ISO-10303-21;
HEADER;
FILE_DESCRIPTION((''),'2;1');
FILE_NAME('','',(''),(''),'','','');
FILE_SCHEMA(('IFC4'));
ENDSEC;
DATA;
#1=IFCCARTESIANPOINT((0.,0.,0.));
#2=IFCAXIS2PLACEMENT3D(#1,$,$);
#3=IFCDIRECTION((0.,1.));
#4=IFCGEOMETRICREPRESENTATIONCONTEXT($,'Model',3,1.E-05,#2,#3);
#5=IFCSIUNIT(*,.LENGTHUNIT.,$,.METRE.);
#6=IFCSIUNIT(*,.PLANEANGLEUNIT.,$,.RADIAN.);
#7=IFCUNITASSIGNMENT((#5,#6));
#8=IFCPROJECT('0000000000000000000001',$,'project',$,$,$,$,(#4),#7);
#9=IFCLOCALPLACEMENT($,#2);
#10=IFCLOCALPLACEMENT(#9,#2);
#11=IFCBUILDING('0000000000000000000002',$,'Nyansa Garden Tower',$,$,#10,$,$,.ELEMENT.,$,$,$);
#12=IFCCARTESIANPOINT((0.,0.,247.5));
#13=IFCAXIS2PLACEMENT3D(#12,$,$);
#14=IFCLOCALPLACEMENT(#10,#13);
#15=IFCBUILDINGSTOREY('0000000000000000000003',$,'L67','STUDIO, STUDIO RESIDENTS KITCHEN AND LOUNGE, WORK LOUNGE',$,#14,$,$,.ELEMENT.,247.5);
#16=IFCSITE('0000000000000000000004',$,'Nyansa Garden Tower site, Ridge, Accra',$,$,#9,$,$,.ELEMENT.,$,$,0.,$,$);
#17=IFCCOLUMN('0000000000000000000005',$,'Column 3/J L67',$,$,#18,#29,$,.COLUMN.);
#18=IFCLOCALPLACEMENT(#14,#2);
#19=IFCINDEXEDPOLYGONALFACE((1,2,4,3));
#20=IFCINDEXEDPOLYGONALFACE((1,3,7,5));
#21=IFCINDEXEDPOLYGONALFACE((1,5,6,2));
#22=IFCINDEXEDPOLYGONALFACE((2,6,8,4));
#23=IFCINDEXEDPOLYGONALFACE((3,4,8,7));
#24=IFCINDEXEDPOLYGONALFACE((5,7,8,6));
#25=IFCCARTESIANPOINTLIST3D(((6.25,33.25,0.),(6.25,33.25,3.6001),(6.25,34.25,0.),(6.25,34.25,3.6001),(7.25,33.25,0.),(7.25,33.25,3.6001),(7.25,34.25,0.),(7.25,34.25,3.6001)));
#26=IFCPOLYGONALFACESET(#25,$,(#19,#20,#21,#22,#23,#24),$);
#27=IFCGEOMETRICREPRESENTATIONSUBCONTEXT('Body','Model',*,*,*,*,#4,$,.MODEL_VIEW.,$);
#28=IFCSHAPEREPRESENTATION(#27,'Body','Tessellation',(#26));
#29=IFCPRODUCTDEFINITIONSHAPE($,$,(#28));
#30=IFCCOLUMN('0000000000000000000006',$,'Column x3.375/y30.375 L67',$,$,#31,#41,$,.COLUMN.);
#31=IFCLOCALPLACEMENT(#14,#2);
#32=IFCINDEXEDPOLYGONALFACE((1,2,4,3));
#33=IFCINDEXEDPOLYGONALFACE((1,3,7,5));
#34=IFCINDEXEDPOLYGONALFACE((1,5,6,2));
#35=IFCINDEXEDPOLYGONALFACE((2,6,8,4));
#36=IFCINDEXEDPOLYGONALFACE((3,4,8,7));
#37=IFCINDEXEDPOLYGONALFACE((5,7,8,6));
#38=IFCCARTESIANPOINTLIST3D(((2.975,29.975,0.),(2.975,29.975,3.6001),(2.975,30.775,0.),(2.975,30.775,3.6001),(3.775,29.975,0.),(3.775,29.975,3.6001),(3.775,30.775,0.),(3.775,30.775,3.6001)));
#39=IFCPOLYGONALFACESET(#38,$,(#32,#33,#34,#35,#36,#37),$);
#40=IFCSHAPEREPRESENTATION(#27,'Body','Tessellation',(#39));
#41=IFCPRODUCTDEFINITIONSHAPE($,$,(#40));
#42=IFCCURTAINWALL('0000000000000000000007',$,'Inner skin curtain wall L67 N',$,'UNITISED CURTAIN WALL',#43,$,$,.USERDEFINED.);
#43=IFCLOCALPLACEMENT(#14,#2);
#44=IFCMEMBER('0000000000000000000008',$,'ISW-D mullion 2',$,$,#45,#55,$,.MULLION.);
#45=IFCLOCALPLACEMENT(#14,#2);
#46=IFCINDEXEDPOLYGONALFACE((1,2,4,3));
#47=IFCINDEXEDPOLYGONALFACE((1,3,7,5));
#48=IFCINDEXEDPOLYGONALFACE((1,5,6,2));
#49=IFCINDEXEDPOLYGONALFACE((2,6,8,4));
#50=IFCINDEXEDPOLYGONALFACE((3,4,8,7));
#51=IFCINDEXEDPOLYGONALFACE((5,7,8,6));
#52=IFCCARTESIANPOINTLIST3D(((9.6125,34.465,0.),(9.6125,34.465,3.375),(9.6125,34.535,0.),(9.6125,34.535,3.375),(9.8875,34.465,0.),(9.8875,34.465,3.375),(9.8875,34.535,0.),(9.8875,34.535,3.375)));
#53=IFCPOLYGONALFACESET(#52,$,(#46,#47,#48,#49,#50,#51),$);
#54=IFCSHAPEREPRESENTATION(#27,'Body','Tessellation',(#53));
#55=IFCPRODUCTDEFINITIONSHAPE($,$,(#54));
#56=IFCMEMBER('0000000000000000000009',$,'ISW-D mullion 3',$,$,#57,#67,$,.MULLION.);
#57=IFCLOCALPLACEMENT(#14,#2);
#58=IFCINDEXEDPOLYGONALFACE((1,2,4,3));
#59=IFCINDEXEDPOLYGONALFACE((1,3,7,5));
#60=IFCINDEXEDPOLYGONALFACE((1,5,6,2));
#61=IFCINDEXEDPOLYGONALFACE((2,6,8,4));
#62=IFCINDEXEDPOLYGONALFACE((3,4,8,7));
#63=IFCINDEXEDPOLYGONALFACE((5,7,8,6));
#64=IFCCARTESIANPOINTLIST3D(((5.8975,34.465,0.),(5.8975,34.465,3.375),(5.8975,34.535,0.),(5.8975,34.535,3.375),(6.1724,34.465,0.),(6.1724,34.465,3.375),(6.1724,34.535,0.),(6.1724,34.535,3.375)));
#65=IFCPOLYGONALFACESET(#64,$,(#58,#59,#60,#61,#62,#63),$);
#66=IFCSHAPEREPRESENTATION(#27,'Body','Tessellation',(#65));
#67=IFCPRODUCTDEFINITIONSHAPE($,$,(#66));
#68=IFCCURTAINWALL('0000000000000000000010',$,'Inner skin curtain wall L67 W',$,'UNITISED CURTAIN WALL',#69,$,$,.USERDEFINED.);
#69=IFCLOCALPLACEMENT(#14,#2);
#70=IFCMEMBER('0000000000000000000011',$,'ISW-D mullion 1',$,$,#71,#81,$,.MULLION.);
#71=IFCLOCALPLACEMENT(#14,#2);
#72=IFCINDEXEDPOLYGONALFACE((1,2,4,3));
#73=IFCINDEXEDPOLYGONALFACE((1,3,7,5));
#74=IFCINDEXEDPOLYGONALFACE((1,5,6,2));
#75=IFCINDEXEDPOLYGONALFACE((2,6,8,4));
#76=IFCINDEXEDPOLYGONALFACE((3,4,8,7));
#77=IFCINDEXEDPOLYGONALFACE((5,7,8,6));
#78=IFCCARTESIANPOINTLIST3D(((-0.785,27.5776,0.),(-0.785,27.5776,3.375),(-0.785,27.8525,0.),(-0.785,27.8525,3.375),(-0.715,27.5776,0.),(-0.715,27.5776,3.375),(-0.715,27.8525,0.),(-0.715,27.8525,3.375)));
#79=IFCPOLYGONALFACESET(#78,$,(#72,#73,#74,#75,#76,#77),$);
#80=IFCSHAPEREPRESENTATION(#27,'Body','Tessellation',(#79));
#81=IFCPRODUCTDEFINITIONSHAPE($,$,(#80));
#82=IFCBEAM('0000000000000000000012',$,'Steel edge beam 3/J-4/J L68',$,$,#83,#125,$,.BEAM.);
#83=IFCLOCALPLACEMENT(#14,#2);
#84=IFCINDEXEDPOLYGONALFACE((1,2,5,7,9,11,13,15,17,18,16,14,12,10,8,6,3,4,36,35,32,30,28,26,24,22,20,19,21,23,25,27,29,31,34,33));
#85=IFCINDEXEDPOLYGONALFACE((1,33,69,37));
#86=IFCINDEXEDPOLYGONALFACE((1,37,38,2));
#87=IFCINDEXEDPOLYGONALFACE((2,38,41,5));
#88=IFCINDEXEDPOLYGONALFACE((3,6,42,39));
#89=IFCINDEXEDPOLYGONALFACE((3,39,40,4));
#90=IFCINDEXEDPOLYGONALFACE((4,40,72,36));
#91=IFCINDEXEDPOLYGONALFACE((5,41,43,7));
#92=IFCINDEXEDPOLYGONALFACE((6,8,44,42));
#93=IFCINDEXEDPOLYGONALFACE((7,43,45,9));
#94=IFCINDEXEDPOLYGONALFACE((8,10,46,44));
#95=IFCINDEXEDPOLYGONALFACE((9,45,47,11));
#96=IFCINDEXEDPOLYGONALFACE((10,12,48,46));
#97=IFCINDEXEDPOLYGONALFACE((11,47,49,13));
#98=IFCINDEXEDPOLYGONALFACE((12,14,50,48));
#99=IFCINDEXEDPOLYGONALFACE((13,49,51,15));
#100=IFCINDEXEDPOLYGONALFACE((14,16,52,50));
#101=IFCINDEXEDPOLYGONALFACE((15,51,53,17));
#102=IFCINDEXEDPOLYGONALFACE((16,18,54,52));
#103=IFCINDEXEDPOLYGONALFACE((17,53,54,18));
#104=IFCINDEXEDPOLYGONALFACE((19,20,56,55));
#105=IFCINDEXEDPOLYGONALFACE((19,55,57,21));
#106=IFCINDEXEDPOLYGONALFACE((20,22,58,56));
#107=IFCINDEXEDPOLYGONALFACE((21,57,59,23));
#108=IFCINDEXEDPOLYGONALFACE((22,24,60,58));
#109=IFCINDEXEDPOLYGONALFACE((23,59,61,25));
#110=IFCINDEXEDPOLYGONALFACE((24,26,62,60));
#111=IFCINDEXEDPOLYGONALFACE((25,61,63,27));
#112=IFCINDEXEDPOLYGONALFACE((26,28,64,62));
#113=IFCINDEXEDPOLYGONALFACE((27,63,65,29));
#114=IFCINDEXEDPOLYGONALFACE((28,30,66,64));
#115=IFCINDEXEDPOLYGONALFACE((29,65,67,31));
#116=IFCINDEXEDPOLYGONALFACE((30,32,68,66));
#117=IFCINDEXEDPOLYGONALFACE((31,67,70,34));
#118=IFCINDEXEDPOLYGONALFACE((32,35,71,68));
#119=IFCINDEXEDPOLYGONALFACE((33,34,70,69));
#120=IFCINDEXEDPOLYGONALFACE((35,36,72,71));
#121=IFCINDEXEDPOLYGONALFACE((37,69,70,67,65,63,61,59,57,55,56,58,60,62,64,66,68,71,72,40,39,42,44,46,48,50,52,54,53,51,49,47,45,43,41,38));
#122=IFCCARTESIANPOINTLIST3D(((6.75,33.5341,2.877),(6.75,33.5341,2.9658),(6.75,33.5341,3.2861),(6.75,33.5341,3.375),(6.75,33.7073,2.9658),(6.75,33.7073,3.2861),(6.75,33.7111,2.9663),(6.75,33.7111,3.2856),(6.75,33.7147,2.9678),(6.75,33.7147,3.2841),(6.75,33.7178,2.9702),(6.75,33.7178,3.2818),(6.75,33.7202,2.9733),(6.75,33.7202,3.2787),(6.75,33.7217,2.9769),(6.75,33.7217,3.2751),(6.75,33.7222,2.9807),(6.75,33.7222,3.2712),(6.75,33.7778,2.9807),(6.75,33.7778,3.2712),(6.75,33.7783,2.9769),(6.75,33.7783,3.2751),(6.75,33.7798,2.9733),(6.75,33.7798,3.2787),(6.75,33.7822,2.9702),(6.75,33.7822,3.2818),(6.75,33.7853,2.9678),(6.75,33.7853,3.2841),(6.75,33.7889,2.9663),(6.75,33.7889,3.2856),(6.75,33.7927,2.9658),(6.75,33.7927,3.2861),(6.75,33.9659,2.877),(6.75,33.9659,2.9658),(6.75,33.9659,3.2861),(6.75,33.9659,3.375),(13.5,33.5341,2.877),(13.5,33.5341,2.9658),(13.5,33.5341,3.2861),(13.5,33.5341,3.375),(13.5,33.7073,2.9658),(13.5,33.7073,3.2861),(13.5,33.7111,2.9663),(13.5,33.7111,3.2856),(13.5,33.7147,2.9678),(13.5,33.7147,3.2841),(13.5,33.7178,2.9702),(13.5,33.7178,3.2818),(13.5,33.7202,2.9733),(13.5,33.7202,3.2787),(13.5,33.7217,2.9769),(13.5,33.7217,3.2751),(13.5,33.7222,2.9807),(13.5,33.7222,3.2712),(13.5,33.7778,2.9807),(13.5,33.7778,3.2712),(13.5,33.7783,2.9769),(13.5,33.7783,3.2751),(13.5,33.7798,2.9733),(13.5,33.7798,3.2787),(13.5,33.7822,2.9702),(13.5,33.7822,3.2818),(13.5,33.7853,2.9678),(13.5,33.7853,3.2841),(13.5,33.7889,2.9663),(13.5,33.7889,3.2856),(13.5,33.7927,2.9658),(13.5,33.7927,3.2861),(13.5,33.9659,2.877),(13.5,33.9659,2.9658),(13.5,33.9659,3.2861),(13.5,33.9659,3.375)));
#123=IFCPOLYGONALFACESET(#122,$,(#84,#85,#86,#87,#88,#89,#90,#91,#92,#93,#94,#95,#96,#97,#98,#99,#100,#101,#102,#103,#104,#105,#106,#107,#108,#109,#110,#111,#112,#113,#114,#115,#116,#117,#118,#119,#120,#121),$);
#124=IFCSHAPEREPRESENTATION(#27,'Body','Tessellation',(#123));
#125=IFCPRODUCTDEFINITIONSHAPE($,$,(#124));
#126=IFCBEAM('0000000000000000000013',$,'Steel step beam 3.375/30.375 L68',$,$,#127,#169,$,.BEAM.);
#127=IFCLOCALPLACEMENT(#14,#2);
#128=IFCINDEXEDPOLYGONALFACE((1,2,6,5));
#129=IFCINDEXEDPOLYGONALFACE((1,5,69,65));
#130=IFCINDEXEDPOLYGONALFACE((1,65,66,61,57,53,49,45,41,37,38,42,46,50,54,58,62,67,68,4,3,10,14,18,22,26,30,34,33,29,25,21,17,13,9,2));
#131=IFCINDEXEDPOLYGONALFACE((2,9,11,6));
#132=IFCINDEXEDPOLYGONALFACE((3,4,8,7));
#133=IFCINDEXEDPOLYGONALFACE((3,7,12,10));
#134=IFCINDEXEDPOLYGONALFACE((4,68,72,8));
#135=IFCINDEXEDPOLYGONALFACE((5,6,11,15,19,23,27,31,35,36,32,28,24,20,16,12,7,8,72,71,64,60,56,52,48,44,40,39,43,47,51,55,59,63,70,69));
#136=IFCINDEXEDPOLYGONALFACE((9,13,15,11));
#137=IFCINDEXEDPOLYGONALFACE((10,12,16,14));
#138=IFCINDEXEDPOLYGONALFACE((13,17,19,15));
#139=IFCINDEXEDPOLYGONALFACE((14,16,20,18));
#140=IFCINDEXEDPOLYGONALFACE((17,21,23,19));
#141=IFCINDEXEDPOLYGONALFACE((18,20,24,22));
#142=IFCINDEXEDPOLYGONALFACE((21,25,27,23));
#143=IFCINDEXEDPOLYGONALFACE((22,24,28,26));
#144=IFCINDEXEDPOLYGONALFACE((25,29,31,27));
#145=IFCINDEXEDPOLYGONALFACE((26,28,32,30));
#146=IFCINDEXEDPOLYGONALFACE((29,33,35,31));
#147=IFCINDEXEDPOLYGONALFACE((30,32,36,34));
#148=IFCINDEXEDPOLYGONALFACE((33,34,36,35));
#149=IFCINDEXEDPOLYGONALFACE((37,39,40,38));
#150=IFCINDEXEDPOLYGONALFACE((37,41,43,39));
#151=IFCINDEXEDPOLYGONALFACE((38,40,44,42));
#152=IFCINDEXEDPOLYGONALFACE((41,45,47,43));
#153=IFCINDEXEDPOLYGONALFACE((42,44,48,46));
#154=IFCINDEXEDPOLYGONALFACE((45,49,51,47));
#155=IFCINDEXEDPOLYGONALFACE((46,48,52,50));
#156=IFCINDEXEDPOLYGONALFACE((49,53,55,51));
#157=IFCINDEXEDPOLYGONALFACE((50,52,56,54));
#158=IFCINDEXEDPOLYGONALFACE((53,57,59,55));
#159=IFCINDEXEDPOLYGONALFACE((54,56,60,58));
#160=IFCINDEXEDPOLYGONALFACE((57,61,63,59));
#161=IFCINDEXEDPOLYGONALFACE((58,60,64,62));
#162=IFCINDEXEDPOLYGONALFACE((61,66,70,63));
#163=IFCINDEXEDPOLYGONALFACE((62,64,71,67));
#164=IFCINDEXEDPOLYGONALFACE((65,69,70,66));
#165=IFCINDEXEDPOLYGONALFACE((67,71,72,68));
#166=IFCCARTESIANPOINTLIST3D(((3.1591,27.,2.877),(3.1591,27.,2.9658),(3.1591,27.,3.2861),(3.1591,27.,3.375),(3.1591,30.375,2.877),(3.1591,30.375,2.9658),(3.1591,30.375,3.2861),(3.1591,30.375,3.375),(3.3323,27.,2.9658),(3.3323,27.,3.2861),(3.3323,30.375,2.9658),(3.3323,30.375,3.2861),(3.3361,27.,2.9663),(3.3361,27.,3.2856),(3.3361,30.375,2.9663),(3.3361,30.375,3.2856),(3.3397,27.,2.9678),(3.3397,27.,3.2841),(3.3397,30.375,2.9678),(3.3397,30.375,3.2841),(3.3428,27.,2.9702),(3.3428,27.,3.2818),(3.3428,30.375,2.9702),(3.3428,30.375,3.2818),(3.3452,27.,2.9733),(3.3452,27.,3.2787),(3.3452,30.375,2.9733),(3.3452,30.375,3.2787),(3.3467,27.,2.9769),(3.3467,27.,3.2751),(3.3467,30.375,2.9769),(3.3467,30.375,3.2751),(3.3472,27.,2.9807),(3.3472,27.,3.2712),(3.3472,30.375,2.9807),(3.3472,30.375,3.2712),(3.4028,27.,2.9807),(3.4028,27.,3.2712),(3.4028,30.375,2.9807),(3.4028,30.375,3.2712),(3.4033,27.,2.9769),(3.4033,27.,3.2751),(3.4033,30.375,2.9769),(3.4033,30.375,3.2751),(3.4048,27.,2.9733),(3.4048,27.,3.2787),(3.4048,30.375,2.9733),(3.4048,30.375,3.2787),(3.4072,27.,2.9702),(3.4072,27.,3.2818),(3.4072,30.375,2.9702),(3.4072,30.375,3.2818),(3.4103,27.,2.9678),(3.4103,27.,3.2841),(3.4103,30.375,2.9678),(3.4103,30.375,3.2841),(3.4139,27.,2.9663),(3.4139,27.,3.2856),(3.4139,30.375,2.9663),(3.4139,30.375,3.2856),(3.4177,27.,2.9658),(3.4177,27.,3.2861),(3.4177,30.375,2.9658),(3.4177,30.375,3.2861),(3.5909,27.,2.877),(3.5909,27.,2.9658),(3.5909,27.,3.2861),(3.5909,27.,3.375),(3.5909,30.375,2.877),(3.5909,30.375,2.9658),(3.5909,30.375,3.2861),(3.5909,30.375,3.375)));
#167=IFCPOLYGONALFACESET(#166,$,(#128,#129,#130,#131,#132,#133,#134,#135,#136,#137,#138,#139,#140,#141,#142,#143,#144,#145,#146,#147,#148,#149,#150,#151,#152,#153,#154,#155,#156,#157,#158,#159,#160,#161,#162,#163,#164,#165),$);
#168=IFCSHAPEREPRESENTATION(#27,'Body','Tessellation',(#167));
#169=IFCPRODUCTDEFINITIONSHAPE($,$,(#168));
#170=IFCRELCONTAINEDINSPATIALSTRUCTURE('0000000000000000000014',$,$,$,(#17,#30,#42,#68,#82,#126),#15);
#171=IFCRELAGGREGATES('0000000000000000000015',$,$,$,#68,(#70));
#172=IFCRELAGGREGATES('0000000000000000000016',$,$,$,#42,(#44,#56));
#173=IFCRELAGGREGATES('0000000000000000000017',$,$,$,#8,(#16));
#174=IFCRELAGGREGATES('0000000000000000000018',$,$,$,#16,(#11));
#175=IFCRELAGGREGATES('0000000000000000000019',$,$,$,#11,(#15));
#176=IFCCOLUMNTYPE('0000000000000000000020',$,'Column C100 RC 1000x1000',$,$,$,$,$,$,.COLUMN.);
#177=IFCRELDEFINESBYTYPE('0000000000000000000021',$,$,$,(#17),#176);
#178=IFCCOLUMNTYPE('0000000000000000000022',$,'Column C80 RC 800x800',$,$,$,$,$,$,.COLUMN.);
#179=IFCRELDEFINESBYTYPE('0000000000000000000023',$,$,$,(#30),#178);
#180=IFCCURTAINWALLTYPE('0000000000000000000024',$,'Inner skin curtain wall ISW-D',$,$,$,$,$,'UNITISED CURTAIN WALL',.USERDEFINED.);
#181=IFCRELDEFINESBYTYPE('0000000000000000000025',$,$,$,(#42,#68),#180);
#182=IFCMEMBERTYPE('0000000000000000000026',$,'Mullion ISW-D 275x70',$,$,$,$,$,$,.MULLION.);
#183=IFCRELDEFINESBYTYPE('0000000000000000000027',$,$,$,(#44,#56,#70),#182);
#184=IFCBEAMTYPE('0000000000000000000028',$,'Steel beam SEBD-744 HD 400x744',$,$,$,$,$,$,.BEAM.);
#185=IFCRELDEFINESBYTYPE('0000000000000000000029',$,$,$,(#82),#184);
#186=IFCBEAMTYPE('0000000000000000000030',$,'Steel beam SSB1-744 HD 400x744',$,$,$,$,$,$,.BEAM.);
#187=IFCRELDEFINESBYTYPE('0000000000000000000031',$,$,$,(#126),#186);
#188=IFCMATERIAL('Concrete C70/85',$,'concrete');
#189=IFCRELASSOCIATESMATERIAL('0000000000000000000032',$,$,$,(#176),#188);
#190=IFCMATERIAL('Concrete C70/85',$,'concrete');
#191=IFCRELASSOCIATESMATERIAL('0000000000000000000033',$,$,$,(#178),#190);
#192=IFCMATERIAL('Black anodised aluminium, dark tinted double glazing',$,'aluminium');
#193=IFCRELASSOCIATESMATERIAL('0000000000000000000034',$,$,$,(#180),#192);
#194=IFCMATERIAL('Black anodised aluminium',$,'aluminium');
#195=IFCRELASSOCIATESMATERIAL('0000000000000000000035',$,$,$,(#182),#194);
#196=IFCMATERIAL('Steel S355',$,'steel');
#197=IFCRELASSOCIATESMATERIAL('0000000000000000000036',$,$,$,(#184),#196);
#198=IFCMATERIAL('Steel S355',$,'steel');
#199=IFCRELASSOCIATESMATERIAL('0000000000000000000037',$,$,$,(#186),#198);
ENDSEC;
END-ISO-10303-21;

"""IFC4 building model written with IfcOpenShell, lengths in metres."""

from ifc_helpers import new_model, si_unit, direction, frame, origin, origin_2d, place, context, subcontext, project, spatial, rectangle, i_section, extrude, material, material_profile, profile_set, type_object, element, aggregate, save


model = new_model("IFC4")

# Units and contexts
model_context = context("Model", 3, precision=1e-05, world=origin(), true_north=direction((0.0, 1.0)))
body_context = subcontext(model_context, "Body", "Model", "MODEL_VIEW")
ifc_project = project(units=[si_unit("LENGTHUNIT", "METRE"), si_unit("PLANEANGLEUNIT", "RADIAN")], contexts=[model_context])

# Site, building, storey
site_placement = place(None, origin())
site = spatial("IfcSite", under=ifc_project, at=site_placement, Name="Nyansa Garden Tower site, Ridge, Accra", CompositionType="ELEMENT", RefElevation=0.0)
building_placement = place(site_placement, origin())
building = spatial("IfcBuilding", under=site, at=building_placement, Name="Nyansa Garden Tower", CompositionType="ELEMENT")
storey_placement = place(building_placement, frame((0.0, 0.0, 247.5)))
storey = spatial("IfcBuildingStorey", under=building, at=storey_placement, Name="L67", Description="STUDIO, STUDIO RESIDENTS KITCHEN AND LOUNGE, WORK LOUNGE", CompositionType="ELEMENT", Elevation=247.5)

# Columns
ifc_material_1 = material(Name="Concrete C70/85", Category="concrete")
ifc_material_profile_1 = material_profile(ifc_material_1, rectangle(XDim=1.0, YDim=1.0, at=origin_2d()), Name="RC 1000x1000")
ifc_profile_set_1 = profile_set([ifc_material_profile_1], Name="Concrete C70/85")
column_type_1 = type_object("IfcColumnType", Name="Column C100 RC 1000x1000", PredefinedType="COLUMN", material=ifc_profile_set_1)
column_1_placement = place(storey_placement, frame((6.75, 33.75, 0.0), z_axis=(0.0, 0.0, 1.0), x_axis=(1.0, 0.0, 0.0)))
element("IfcColumn", 1, at=column_1_placement, inside=storey, type_object=column_type_1, Name="Column 3/J L67", PredefinedType="COLUMN", context=body_context, shape_type="SweptSolid", body=[
    extrude(rectangle(XDim=1.0, YDim=1.0, at=origin_2d()), origin(), (0.0, 0.0, 1.0), 3.6001),
])
ifc_material_2 = material(Name="Concrete C70/85", Category="concrete")
ifc_material_profile_2 = material_profile(ifc_material_2, rectangle(XDim=0.8, YDim=0.8, at=origin_2d()), Name="RC 800x800")
ifc_profile_set_2 = profile_set([ifc_material_profile_2], Name="Concrete C70/85")
column_type_2 = type_object("IfcColumnType", Name="Column C80 RC 800x800", PredefinedType="COLUMN", material=ifc_profile_set_2)
column_2_placement = place(storey_placement, frame((3.375, 30.375, 0.0), z_axis=(0.0, 0.0, 1.0), x_axis=(1.0, 0.0, 0.0)))
element("IfcColumn", 2, at=column_2_placement, inside=storey, type_object=column_type_2, Name="Column x3.375/y30.375 L67", PredefinedType="COLUMN", context=body_context, shape_type="SweptSolid", body=[
    extrude(rectangle(XDim=0.8, YDim=0.8, at=origin_2d()), origin(), (0.0, 0.0, 1.0), 3.6001),
])

# Curtain wall, members
ifc_material_3 = material(Name="Black anodised aluminium, dark tinted double glazing", Category="aluminium")
curtain_wall_type = type_object("IfcCurtainWallType", Name="Inner skin curtain wall ISW-D", ElementType="UNITISED CURTAIN WALL", PredefinedType="USERDEFINED", material=ifc_material_3)
curtain_wall_1_placement = place(storey_placement, origin())
curtain_wall_1 = element("IfcCurtainWall", 3, at=curtain_wall_1_placement, inside=storey, type_object=curtain_wall_type, Name="Inner skin curtain wall L67 N", ObjectType="UNITISED CURTAIN WALL", PredefinedType="USERDEFINED")
ifc_material_4 = material(Name="Black anodised aluminium", Category="aluminium")
ifc_material_profile_3 = material_profile(ifc_material_4, rectangle(XDim=0.0701, YDim=0.2749, at=origin_2d()), Name="Mullion 275x70")
ifc_profile_set_3 = profile_set([ifc_material_profile_3], Name="Black anodised aluminium")
member_type_1 = type_object("IfcMemberType", Name="Mullion ISW-D 275x70", PredefinedType="MULLION", material=ifc_profile_set_3)
member_1_placement = place(storey_placement, frame((9.75, 34.5, 0.0), z_axis=(0.0, 0.0, 1.0), x_axis=(0.0, -1.0, 0.0)))
member_1 = element("IfcMember", 4, at=member_1_placement, type_object=member_type_1, Name="ISW-D mullion 2", PredefinedType="MULLION", context=body_context, shape_type="SweptSolid", body=[
    extrude(rectangle(XDim=0.0701, YDim=0.2749, at=origin_2d()), origin(), (0.0, 0.0, 1.0), 3.375),
])
member_2_placement = place(storey_placement, frame((6.0349, 34.5, 0.0), z_axis=(0.0, 0.0, 1.0), x_axis=(0.0, -1.0, 0.0)))
member_2 = element("IfcMember", 5, at=member_2_placement, type_object=member_type_1, Name="ISW-D mullion 3", PredefinedType="MULLION", context=body_context, shape_type="SweptSolid", body=[
    extrude(rectangle(XDim=0.0701, YDim=0.2749, at=origin_2d()), origin(), (0.0, 0.0, 1.0), 3.375),
])

# Curtain wall, member
curtain_wall_2_placement = place(storey_placement, origin())
curtain_wall_2 = element("IfcCurtainWall", 6, at=curtain_wall_2_placement, inside=storey, type_object=curtain_wall_type, Name="Inner skin curtain wall L67 W", ObjectType="UNITISED CURTAIN WALL", PredefinedType="USERDEFINED")
member_3_placement = place(storey_placement, frame((-0.75, 27.7151, 0.0), z_axis=(0.0, 0.0, 1.0), x_axis=(1.0, 0.0, 0.0)))
member_3 = element("IfcMember", 7, at=member_3_placement, type_object=member_type_1, Name="ISW-D mullion 1", PredefinedType="MULLION", context=body_context, shape_type="SweptSolid", body=[
    extrude(rectangle(XDim=0.0701, YDim=0.2749, at=origin_2d()), origin(), (0.0, 0.0, 1.0), 3.375),
])
aggregate(curtain_wall_2, [member_3])

# Beams
ifc_material_5 = material(Name="Steel S355", Category="steel")
ifc_material_profile_4 = material_profile(ifc_material_5, i_section(OverallWidth=0.4319, OverallDepth=0.498, WebThickness=0.0557, FlangeThickness=0.0889, FilletRadius=0.0149, at=origin_2d()), Name="HD 400x744")
ifc_profile_set_4 = profile_set([ifc_material_profile_4], Name="Steel S355")
beam_type_1 = type_object("IfcBeamType", Name="Steel beam SEBD-744 HD 400x744", PredefinedType="BEAM", material=ifc_profile_set_4)
beam_placement = place(storey_placement, frame((6.75, 33.75, 3.126), z_axis=(1.0, 0.0, 0.0), x_axis=(0.0, 1.0, 0.0)))
element("IfcBeam", 8, at=beam_placement, inside=storey, type_object=beam_type_1, Name="Steel edge beam 3/J-4/J L68", PredefinedType="BEAM", context=body_context, shape_type="SweptSolid", body=[
    extrude(i_section(OverallWidth=0.4319, OverallDepth=0.498, WebThickness=0.0557, FlangeThickness=0.0889, FilletRadius=0.0149, at=origin_2d()), origin(), (0.0, 0.0, 1.0), 6.75),
])
ifc_material_6 = material(Name="Steel S355", Category="steel")
ifc_material_profile_5 = material_profile(ifc_material_6, i_section(OverallWidth=0.4319, OverallDepth=0.498, WebThickness=0.0557, FlangeThickness=0.0889, FilletRadius=0.0149, at=origin_2d()), Name="HD 400x744")
ifc_profile_set_5 = profile_set([ifc_material_profile_5], Name="Steel S355")
beam_type_2 = type_object("IfcBeamType", Name="Steel beam SSB1-744 HD 400x744", PredefinedType="BEAM", material=ifc_profile_set_5)
for number, where, z_axis, x_axis, name in (
    (9, (3.375, 30.375, 3.126), (0.0, -1.0, 0.0), (1.0, 0.0, 0.0), "Steel step beam 3.375/30.375 L68"),
):
    element("IfcBeam", number, at=place(storey_placement, frame(where, z_axis=z_axis, x_axis=x_axis)), inside=storey, type_object=beam_type_2, Name=name, PredefinedType="BEAM", context=body_context, shape_type="SweptSolid", body=[
        extrude(i_section(OverallWidth=0.4319, OverallDepth=0.498, WebThickness=0.0557, FlangeThickness=0.0889, FilletRadius=0.0149, at=origin_2d()), origin(), (0.0, 0.0, 1.0), 3.375),
    ])

aggregate(curtain_wall_1, [member_1, member_2])

save(model, "model.ifc")
